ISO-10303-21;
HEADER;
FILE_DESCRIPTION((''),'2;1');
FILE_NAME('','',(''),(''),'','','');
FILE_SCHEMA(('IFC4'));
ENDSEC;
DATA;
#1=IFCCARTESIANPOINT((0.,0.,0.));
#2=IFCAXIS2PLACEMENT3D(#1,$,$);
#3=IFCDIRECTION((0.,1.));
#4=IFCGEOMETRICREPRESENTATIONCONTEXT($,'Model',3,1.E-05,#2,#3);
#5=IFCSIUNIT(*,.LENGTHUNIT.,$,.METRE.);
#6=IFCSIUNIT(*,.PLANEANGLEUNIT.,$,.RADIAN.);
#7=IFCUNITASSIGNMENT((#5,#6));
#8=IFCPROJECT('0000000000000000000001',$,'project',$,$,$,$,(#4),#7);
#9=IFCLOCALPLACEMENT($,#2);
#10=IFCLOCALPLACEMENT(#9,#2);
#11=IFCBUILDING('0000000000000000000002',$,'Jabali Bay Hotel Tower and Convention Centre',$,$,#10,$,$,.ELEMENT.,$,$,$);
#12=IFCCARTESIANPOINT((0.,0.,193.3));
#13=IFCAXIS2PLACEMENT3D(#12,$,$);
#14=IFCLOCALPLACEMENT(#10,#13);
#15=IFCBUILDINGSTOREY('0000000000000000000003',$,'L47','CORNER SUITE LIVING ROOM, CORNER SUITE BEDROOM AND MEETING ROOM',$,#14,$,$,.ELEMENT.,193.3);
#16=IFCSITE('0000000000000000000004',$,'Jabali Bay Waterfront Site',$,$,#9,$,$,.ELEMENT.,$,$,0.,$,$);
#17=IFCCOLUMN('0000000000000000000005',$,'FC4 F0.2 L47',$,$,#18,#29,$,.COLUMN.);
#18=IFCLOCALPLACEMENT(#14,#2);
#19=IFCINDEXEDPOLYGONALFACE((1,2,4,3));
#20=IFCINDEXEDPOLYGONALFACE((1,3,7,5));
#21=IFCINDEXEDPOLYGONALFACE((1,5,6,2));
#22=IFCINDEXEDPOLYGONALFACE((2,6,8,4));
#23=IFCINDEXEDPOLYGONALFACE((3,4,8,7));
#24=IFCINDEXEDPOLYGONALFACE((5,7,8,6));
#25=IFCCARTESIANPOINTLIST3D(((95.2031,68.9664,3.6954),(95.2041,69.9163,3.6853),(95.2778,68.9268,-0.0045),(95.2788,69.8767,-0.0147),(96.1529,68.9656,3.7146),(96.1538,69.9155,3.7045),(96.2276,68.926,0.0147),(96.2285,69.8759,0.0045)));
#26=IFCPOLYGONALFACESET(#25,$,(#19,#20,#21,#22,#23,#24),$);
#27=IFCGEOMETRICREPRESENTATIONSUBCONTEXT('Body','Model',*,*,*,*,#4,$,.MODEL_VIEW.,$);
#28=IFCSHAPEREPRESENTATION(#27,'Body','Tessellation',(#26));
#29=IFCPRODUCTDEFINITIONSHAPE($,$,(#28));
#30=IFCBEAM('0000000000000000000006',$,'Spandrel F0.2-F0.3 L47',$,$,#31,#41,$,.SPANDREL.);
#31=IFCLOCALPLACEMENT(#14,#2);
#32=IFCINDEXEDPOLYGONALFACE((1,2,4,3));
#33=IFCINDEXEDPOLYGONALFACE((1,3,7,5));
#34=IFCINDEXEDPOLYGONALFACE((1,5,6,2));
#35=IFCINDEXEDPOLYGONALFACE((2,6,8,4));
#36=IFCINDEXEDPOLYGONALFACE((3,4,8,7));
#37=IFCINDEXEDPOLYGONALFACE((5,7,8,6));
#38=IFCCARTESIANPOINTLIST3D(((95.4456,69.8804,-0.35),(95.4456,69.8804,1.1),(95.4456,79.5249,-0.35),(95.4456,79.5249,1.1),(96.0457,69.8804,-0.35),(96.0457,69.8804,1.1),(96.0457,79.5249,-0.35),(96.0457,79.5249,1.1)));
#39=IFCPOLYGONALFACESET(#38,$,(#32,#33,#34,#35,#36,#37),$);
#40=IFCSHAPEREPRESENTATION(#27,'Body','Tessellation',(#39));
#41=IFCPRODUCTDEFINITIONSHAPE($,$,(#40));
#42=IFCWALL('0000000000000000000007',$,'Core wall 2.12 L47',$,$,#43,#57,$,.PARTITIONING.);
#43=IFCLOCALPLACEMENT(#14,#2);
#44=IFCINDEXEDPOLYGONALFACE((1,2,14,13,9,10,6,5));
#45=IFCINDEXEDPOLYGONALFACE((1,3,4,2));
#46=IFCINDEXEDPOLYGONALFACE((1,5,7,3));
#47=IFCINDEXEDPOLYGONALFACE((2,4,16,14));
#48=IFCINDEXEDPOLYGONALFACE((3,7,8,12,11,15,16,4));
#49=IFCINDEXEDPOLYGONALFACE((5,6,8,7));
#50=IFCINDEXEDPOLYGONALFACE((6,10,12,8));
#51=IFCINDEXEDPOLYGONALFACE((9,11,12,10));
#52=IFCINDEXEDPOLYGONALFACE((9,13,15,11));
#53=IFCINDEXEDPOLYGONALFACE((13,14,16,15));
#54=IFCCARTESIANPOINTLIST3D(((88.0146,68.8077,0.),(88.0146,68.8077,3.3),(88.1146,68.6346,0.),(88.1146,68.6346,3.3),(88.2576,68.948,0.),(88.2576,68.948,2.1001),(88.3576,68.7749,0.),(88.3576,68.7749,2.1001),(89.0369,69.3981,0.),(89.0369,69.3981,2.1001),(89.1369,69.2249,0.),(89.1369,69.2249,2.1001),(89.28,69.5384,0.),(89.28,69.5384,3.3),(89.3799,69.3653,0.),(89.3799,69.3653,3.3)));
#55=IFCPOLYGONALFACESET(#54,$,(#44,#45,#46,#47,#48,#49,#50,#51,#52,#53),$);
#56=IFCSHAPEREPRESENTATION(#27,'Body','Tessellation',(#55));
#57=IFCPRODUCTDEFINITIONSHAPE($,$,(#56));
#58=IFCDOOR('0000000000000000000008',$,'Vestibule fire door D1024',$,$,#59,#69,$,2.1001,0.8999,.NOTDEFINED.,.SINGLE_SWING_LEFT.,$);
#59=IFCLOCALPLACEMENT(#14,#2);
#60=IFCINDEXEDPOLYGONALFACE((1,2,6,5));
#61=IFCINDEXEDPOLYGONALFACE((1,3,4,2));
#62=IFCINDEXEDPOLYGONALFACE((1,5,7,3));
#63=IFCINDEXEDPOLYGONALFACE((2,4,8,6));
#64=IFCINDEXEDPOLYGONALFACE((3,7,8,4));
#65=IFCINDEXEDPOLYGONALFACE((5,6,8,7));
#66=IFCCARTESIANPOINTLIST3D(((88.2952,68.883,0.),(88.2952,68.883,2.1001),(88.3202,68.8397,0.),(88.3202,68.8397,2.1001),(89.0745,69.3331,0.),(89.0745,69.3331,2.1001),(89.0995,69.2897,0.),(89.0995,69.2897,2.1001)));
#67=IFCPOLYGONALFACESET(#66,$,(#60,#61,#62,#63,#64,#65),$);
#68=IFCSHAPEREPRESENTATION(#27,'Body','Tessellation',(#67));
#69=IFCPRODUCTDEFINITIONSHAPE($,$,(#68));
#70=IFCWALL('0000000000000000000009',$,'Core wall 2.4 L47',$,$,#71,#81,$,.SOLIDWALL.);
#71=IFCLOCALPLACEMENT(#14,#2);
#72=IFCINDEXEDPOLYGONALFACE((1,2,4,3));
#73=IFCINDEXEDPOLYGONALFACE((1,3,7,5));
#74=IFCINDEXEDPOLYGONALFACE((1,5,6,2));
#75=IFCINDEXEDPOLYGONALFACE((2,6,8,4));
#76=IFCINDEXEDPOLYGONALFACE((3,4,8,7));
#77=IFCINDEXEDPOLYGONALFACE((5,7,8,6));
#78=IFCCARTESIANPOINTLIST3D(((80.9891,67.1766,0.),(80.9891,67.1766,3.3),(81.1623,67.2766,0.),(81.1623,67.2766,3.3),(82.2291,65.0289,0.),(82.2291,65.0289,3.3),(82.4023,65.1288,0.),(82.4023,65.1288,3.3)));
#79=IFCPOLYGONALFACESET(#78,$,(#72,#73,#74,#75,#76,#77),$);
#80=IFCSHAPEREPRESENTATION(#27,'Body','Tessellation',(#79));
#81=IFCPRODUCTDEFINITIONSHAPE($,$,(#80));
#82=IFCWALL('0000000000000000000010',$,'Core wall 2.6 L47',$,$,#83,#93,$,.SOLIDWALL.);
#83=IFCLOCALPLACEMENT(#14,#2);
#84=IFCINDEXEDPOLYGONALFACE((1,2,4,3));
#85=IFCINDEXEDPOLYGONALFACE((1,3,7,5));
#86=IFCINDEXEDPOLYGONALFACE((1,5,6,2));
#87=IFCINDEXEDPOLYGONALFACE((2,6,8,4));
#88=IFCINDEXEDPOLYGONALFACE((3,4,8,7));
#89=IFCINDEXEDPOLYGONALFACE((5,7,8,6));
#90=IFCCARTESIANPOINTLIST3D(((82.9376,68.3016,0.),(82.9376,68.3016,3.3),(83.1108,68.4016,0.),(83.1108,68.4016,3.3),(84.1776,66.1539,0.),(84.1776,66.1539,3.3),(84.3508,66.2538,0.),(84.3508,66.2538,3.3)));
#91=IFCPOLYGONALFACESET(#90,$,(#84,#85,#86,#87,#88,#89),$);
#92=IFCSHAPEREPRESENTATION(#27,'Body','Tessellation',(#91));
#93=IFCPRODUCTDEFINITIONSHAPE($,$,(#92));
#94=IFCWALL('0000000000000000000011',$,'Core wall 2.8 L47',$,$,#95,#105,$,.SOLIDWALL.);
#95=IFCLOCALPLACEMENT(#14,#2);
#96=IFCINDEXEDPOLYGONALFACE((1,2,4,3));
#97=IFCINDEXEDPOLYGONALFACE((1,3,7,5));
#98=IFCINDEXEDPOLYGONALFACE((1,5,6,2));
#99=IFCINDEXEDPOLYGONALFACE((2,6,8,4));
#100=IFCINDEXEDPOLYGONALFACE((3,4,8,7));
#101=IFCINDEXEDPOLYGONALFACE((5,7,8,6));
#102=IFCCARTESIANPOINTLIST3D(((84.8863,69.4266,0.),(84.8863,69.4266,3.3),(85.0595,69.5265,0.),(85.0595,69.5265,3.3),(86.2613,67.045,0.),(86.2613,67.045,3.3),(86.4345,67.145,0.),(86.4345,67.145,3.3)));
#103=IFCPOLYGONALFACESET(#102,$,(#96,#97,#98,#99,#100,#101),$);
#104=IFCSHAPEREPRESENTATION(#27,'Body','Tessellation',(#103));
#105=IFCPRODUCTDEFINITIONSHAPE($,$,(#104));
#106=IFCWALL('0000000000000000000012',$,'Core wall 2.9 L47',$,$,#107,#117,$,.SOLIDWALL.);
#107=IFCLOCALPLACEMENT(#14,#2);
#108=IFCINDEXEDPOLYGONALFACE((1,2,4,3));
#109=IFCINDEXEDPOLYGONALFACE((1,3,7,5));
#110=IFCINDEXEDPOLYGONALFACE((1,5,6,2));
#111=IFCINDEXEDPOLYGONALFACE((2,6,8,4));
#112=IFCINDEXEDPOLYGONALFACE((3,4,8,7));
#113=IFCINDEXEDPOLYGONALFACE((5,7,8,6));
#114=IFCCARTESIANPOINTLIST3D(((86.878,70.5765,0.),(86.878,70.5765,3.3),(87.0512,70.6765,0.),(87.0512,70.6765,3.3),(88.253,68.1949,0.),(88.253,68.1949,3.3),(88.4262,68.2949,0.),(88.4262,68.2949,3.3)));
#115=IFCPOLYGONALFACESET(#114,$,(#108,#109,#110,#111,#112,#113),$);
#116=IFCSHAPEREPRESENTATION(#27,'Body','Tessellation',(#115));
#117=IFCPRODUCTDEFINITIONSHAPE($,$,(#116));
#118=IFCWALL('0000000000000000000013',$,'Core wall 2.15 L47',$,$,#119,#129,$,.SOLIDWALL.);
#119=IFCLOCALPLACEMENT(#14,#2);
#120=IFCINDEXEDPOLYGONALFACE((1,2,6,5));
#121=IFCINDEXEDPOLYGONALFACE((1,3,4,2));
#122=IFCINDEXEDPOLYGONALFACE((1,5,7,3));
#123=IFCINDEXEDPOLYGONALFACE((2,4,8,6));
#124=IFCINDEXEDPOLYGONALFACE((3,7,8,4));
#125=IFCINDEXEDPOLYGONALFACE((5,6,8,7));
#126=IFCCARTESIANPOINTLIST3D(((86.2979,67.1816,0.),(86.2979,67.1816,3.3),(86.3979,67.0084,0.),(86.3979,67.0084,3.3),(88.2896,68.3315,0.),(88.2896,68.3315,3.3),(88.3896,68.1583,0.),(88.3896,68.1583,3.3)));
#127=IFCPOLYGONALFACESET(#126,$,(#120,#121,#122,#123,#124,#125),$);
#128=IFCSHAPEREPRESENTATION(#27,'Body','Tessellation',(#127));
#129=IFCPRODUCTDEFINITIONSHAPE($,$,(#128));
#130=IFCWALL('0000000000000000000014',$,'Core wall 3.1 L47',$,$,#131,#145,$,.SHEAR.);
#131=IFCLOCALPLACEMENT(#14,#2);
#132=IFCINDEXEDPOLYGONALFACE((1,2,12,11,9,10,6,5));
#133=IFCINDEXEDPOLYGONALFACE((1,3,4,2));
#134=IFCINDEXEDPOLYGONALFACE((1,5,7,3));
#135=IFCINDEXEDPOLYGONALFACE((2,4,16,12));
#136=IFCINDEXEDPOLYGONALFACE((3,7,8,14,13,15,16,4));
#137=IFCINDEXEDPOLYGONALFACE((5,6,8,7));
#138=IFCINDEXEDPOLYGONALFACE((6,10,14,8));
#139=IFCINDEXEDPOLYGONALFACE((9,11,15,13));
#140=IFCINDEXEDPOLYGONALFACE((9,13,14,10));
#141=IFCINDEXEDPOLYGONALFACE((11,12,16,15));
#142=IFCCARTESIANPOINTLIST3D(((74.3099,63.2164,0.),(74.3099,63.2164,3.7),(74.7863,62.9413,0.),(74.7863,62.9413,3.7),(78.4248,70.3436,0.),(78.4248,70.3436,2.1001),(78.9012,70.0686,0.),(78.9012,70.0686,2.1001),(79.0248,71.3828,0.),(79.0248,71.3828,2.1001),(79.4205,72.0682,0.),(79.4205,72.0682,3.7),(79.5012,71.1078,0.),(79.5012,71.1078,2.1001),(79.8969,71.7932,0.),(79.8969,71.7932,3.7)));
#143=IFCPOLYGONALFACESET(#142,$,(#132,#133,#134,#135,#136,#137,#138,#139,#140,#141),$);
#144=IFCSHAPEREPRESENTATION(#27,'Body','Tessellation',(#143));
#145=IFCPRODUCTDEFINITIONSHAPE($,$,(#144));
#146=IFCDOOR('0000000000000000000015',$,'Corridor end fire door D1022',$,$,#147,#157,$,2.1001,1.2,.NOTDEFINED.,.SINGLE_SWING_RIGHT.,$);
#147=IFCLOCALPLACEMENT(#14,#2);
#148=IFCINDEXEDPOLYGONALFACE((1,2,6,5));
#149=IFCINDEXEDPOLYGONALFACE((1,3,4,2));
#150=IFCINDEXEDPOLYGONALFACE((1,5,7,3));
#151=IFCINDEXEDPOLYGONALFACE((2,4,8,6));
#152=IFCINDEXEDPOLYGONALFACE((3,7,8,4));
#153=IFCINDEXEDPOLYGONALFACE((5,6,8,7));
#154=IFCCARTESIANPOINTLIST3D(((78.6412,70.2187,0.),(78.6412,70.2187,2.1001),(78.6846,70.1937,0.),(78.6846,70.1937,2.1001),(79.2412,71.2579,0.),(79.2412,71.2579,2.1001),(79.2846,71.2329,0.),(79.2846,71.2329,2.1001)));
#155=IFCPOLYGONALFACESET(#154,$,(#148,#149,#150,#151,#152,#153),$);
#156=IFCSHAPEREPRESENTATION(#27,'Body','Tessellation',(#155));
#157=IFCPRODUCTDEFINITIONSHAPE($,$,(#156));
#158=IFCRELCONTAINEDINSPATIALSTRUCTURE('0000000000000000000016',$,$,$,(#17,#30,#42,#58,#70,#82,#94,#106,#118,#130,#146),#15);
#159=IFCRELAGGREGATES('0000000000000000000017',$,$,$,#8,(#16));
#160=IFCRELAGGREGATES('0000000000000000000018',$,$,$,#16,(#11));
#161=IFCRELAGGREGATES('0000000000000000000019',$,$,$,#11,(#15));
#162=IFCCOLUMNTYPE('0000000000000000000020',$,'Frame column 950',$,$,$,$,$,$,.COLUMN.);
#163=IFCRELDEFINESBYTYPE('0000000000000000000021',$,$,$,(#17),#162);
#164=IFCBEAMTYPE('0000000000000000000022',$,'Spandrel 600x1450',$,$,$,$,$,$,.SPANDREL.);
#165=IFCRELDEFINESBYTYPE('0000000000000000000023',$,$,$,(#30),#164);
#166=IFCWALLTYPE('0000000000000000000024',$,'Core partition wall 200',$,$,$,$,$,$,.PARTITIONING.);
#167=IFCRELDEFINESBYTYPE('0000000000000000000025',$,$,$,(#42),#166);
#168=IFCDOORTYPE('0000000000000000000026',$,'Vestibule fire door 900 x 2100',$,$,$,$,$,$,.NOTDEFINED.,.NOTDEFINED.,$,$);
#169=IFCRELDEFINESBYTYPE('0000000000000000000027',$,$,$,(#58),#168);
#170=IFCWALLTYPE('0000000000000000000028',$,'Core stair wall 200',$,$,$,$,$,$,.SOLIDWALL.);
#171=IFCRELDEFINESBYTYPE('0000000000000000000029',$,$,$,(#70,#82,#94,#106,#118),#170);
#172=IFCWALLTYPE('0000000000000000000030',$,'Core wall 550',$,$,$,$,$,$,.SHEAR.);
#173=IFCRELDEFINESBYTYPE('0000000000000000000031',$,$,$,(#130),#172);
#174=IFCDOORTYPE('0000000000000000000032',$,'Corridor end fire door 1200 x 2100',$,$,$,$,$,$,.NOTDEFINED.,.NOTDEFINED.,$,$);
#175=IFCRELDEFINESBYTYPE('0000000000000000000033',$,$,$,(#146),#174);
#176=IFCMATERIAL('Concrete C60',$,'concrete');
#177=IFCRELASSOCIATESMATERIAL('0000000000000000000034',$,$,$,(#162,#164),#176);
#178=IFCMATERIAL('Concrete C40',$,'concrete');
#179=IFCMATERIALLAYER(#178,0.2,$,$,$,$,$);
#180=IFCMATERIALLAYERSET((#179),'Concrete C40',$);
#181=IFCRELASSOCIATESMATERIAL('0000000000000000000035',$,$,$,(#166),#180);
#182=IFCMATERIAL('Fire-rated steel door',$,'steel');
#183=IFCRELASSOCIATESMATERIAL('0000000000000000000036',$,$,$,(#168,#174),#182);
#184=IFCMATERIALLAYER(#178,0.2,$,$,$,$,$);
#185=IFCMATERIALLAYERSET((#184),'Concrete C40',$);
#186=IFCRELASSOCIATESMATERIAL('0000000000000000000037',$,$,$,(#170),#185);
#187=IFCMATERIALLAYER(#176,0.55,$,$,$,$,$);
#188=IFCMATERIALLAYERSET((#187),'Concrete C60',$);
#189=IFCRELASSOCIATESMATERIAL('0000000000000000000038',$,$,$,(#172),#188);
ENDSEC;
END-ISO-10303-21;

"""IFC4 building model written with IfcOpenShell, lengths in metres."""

from ifc_helpers import new_model, si_unit, direction, frame, frame_2d, origin, origin_2d, place, context, subcontext, project, spatial, rectangle, extrude, material, layer, layer_set, material_profile, profile_set, type_object, element, fill, save


model = new_model("IFC4")

# Units and contexts
model_context = context("Model", 3, precision=1e-05, world=origin(), true_north=direction((0.0, 1.0)))
body_context = subcontext(model_context, "Body", "Model", "MODEL_VIEW")
ifc_project = project(units=[si_unit("LENGTHUNIT", "METRE"), si_unit("PLANEANGLEUNIT", "RADIAN")], contexts=[model_context])

# Site, building, storey
site_placement = place(None, origin())
site = spatial("IfcSite", under=ifc_project, at=site_placement, Name="Jabali Bay Waterfront Site", CompositionType="ELEMENT", RefElevation=0.0)
building_placement = place(site_placement, origin())
building = spatial("IfcBuilding", under=site, at=building_placement, Name="Jabali Bay Hotel Tower and Convention Centre", CompositionType="ELEMENT")
storey_placement = place(building_placement, frame((0.0, 0.0, 193.3)))
storey = spatial("IfcBuildingStorey", under=building, at=storey_placement, Name="L47", Description="CORNER SUITE LIVING ROOM, CORNER SUITE BEDROOM AND MEETING ROOM", CompositionType="ELEMENT", Elevation=193.3)

# Column
ifc_material_1 = material(Name="Concrete C60", Category="concrete")
ifc_material_profile_1 = material_profile(ifc_material_1, rectangle(XDim=0.95, YDim=0.95, at=origin_2d()), Name="Frame column 950")
ifc_profile_set_1 = profile_set([ifc_material_profile_1], Name="Concrete C60")
column_type = type_object("IfcColumnType", Name="Frame column 950", PredefinedType="COLUMN", material=ifc_profile_set_1)
column_placement = place(storey_placement, frame((95.7532, 69.4014, 0.0), z_axis=(-0.020186, 0.010687, 0.999739), x_axis=(-0.001029, -0.999943, 0.010668)))
element("IfcColumn", 1, at=column_placement, inside=storey, type_object=column_type, Name="FC4 F0.2 L47", PredefinedType="COLUMN", context=body_context, shape_type="SweptSolid", body=[
    extrude(rectangle(XDim=0.95, YDim=0.95, at=origin_2d()), origin(), (0.0, 0.0, 1.0), 3.7009),
])

# Beam
ifc_material_profile_2 = material_profile(ifc_material_1, rectangle(XDim=0.6001, YDim=1.45, at=origin_2d()), Name="Spandrel 600x1450")
ifc_profile_set_2 = profile_set([ifc_material_profile_2], Name="Concrete C60")
beam_type = type_object("IfcBeamType", Name="Spandrel 600x1450", PredefinedType="SPANDREL", material=ifc_profile_set_2)
beam_placement = place(storey_placement, frame((95.7456, 69.8804, 0.375), z_axis=(0.0, 1.0, 0.0), x_axis=(-1.0, 0.0, 0.0)))
element("IfcBeam", 2, at=beam_placement, inside=storey, type_object=beam_type, Name="Spandrel F0.2-F0.3 L47", PredefinedType="SPANDREL", context=body_context, shape_type="SweptSolid", body=[
    extrude(rectangle(XDim=0.6001, YDim=1.45, at=origin_2d()), origin(), (0.0, 0.0, 1.0), 9.6445),
])

# Wall, opening, door
ifc_material_2 = material(Name="Concrete C40", Category="concrete")
ifc_layer_1 = layer(ifc_material_2, 0.2)
ifc_layer_set_1 = layer_set([ifc_layer_1], Name="Concrete C40")
wall_type_1 = type_object("IfcWallType", Name="Core partition wall 200", PredefinedType="PARTITIONING", material=ifc_layer_set_1)
wall_1_placement = place(storey_placement, frame((88.0647, 68.7212, 0.0), z_axis=(0.0, 0.0, 1.0), x_axis=(0.865982, 0.500074, 0.0)))
wall_1 = element("IfcWall", 3, at=wall_1_placement, inside=storey, type_object=wall_type_1, Name="Core wall 2.12 L47", PredefinedType="PARTITIONING", context=body_context, shape_type="SweptSolid", body=[
    extrude(rectangle(XDim=1.4612, YDim=0.2, at=frame_2d((0.7305, 0.0))), origin(), (0.0, 0.0, 1.0), 3.3),
])
opening_1_placement = place(wall_1_placement, frame((0.2805, 0.0, 0.0)))
opening_1 = element("IfcOpeningElement", 4, at=opening_1_placement, cuts=wall_1, PredefinedType="OPENING", context=body_context, shape_type="SweptSolid", body=[
    extrude(rectangle(XDim=0.8999, YDim=2.1001, at=frame_2d((0.45, 1.05))), frame((0.0, 0.1104, 0.0), z_axis=(0.0, -1.0, 0.0), x_axis=(1.0, 0.0, 0.0)), (0.0, 0.0, 1.0), 0.2209),
])
ifc_material_3 = material(Name="Fire-rated steel door", Category="steel")
door_type_1 = type_object("IfcDoorType", Name="Vestibule fire door 900 x 2100", OperationType="NOTDEFINED", PredefinedType="NOTDEFINED", material=ifc_material_3)
door_1_placement = place(opening_1_placement, origin())
door_1 = element("IfcDoor", 5, at=door_1_placement, inside=storey, type_object=door_type_1, Name="Vestibule fire door D1024", OperationType="SINGLE_SWING_LEFT", OverallHeight=2.1001, OverallWidth=0.8999, PredefinedType="NOTDEFINED", context=body_context, shape_type="SweptSolid", body=[
    extrude(rectangle(XDim=0.8999, YDim=2.1001, at=frame_2d((0.45, 1.05))), frame((0.0, 0.0249, 0.0), z_axis=(0.0, -1.0, 0.0), x_axis=(1.0, 0.0, 0.0)), (0.0, 0.0, 1.0), 0.05),
])
fill(opening_1, door_1)

# Walls
ifc_layer_2 = layer(ifc_material_2, 0.2)
ifc_layer_set_2 = layer_set([ifc_layer_2], Name="Concrete C40")
wall_type_2 = type_object("IfcWallType", Name="Core stair wall 200", PredefinedType="SOLIDWALL", material=ifc_layer_set_2)
for number, where, z_axis, x_axis, name in (
    (6, (81.0757, 67.2266, 0.0), (0.0, 0.0, 1.0), (0.500004, -0.866023, 0.0), "Core wall 2.4 L47"),
    (7, (83.0242, 68.3516, 0.0), (0.0, 0.0, 1.0), (0.500004, -0.866023, 0.0), "Core wall 2.6 L47"),
):
    element("IfcWall", number, at=place(storey_placement, frame(where, z_axis=z_axis, x_axis=x_axis)), inside=storey, type_object=wall_type_2, Name=name, PredefinedType="SOLIDWALL", context=body_context, shape_type="SweptSolid", body=[
        extrude(rectangle(XDim=2.48, YDim=0.2, at=frame_2d((1.24, 0.0))), origin(), (0.0, 0.0, 1.0), 3.3),
    ])
for number, where, z_axis, x_axis, name in (
    (8, (84.9729, 69.4766, 0.0), (0.0, 0.0, 1.0), (0.499997, -0.866027, 0.0), "Core wall 2.8 L47"),
    (9, (86.9646, 70.6265, 0.0), (0.0, 0.0, 1.0), (0.499997, -0.866027, 0.0), "Core wall 2.9 L47"),
):
    element("IfcWall", number, at=place(storey_placement, frame(where, z_axis=z_axis, x_axis=x_axis)), inside=storey, type_object=wall_type_2, Name=name, PredefinedType="SOLIDWALL", context=body_context, shape_type="SweptSolid", body=[
        extrude(rectangle(XDim=2.75, YDim=0.2, at=frame_2d((1.375, 0.0))), origin(), (0.0, 0.0, 1.0), 3.3),
    ])
wall_2_placement = place(storey_placement, frame((86.3479, 67.095, 0.0), z_axis=(0.0, 0.0, 1.0), x_axis=(0.866026, 0.499998, 0.0)))
element("IfcWall", 10, at=wall_2_placement, inside=storey, type_object=wall_type_2, Name="Core wall 2.15 L47", PredefinedType="SOLIDWALL", context=body_context, shape_type="SweptSolid", body=[
    extrude(rectangle(XDim=2.2998, YDim=0.2, at=frame_2d((1.1499, 0.0))), origin(), (0.0, 0.0, 1.0), 3.3),
])

# Wall, opening, door
ifc_layer_3 = layer(ifc_material_1, 0.55)
ifc_layer_set_3 = layer_set([ifc_layer_3], Name="Concrete C60")
wall_type_3 = type_object("IfcWallType", Name="Core wall 550", PredefinedType="SHEAR", material=ifc_layer_set_3)
wall_3_placement = place(storey_placement, frame((79.6587, 71.9307, 0.0), z_axis=(0.0, 0.0, 1.0), x_axis=(-0.5, -0.866025, 0.0)))
wall_3 = element("IfcWall", 11, at=wall_3_placement, inside=storey, type_object=wall_type_3, Name="Core wall 3.1 L47", PredefinedType="SHEAR", context=body_context, shape_type="SweptSolid", body=[
    extrude(rectangle(XDim=10.2212, YDim=0.55, at=frame_2d((5.1106, 0.0))), origin(), (0.0, 0.0, 1.0), 3.7),
])
opening_2_placement = place(wall_3_placement, frame((0.7913, 0.0, 0.0)))
opening_2 = element("IfcOpeningElement", 12, at=opening_2_placement, cuts=wall_3, PredefinedType="OPENING", context=body_context, shape_type="SweptSolid", body=[
    extrude(rectangle(XDim=1.2, YDim=2.1001, at=frame_2d((0.6001, 1.05))), frame((0.0, 0.2856, 0.0), z_axis=(0.0, -1.0, 0.0), x_axis=(1.0, 0.0, 0.0)), (0.0, 0.0, 1.0), 0.571),
])
door_type_2 = type_object("IfcDoorType", Name="Corridor end fire door 1200 x 2100", OperationType="NOTDEFINED", PredefinedType="NOTDEFINED", material=ifc_material_3)
door_2_placement = place(opening_2_placement, origin())
door_2 = element("IfcDoor", 13, at=door_2_placement, inside=storey, type_object=door_type_2, Name="Corridor end fire door D1022", OperationType="SINGLE_SWING_RIGHT", OverallHeight=2.1001, OverallWidth=1.2, PredefinedType="NOTDEFINED", context=body_context, shape_type="SweptSolid", body=[
    extrude(rectangle(XDim=1.2, YDim=2.1001, at=frame_2d((0.6001, 1.05))), frame((0.0, 0.0249, 0.0), z_axis=(0.0, -1.0, 0.0), x_axis=(1.0, 0.0, 0.0)), (0.0, 0.0, 1.0), 0.05),
])
fill(opening_2, door_2)

save(model, "model.ifc")
